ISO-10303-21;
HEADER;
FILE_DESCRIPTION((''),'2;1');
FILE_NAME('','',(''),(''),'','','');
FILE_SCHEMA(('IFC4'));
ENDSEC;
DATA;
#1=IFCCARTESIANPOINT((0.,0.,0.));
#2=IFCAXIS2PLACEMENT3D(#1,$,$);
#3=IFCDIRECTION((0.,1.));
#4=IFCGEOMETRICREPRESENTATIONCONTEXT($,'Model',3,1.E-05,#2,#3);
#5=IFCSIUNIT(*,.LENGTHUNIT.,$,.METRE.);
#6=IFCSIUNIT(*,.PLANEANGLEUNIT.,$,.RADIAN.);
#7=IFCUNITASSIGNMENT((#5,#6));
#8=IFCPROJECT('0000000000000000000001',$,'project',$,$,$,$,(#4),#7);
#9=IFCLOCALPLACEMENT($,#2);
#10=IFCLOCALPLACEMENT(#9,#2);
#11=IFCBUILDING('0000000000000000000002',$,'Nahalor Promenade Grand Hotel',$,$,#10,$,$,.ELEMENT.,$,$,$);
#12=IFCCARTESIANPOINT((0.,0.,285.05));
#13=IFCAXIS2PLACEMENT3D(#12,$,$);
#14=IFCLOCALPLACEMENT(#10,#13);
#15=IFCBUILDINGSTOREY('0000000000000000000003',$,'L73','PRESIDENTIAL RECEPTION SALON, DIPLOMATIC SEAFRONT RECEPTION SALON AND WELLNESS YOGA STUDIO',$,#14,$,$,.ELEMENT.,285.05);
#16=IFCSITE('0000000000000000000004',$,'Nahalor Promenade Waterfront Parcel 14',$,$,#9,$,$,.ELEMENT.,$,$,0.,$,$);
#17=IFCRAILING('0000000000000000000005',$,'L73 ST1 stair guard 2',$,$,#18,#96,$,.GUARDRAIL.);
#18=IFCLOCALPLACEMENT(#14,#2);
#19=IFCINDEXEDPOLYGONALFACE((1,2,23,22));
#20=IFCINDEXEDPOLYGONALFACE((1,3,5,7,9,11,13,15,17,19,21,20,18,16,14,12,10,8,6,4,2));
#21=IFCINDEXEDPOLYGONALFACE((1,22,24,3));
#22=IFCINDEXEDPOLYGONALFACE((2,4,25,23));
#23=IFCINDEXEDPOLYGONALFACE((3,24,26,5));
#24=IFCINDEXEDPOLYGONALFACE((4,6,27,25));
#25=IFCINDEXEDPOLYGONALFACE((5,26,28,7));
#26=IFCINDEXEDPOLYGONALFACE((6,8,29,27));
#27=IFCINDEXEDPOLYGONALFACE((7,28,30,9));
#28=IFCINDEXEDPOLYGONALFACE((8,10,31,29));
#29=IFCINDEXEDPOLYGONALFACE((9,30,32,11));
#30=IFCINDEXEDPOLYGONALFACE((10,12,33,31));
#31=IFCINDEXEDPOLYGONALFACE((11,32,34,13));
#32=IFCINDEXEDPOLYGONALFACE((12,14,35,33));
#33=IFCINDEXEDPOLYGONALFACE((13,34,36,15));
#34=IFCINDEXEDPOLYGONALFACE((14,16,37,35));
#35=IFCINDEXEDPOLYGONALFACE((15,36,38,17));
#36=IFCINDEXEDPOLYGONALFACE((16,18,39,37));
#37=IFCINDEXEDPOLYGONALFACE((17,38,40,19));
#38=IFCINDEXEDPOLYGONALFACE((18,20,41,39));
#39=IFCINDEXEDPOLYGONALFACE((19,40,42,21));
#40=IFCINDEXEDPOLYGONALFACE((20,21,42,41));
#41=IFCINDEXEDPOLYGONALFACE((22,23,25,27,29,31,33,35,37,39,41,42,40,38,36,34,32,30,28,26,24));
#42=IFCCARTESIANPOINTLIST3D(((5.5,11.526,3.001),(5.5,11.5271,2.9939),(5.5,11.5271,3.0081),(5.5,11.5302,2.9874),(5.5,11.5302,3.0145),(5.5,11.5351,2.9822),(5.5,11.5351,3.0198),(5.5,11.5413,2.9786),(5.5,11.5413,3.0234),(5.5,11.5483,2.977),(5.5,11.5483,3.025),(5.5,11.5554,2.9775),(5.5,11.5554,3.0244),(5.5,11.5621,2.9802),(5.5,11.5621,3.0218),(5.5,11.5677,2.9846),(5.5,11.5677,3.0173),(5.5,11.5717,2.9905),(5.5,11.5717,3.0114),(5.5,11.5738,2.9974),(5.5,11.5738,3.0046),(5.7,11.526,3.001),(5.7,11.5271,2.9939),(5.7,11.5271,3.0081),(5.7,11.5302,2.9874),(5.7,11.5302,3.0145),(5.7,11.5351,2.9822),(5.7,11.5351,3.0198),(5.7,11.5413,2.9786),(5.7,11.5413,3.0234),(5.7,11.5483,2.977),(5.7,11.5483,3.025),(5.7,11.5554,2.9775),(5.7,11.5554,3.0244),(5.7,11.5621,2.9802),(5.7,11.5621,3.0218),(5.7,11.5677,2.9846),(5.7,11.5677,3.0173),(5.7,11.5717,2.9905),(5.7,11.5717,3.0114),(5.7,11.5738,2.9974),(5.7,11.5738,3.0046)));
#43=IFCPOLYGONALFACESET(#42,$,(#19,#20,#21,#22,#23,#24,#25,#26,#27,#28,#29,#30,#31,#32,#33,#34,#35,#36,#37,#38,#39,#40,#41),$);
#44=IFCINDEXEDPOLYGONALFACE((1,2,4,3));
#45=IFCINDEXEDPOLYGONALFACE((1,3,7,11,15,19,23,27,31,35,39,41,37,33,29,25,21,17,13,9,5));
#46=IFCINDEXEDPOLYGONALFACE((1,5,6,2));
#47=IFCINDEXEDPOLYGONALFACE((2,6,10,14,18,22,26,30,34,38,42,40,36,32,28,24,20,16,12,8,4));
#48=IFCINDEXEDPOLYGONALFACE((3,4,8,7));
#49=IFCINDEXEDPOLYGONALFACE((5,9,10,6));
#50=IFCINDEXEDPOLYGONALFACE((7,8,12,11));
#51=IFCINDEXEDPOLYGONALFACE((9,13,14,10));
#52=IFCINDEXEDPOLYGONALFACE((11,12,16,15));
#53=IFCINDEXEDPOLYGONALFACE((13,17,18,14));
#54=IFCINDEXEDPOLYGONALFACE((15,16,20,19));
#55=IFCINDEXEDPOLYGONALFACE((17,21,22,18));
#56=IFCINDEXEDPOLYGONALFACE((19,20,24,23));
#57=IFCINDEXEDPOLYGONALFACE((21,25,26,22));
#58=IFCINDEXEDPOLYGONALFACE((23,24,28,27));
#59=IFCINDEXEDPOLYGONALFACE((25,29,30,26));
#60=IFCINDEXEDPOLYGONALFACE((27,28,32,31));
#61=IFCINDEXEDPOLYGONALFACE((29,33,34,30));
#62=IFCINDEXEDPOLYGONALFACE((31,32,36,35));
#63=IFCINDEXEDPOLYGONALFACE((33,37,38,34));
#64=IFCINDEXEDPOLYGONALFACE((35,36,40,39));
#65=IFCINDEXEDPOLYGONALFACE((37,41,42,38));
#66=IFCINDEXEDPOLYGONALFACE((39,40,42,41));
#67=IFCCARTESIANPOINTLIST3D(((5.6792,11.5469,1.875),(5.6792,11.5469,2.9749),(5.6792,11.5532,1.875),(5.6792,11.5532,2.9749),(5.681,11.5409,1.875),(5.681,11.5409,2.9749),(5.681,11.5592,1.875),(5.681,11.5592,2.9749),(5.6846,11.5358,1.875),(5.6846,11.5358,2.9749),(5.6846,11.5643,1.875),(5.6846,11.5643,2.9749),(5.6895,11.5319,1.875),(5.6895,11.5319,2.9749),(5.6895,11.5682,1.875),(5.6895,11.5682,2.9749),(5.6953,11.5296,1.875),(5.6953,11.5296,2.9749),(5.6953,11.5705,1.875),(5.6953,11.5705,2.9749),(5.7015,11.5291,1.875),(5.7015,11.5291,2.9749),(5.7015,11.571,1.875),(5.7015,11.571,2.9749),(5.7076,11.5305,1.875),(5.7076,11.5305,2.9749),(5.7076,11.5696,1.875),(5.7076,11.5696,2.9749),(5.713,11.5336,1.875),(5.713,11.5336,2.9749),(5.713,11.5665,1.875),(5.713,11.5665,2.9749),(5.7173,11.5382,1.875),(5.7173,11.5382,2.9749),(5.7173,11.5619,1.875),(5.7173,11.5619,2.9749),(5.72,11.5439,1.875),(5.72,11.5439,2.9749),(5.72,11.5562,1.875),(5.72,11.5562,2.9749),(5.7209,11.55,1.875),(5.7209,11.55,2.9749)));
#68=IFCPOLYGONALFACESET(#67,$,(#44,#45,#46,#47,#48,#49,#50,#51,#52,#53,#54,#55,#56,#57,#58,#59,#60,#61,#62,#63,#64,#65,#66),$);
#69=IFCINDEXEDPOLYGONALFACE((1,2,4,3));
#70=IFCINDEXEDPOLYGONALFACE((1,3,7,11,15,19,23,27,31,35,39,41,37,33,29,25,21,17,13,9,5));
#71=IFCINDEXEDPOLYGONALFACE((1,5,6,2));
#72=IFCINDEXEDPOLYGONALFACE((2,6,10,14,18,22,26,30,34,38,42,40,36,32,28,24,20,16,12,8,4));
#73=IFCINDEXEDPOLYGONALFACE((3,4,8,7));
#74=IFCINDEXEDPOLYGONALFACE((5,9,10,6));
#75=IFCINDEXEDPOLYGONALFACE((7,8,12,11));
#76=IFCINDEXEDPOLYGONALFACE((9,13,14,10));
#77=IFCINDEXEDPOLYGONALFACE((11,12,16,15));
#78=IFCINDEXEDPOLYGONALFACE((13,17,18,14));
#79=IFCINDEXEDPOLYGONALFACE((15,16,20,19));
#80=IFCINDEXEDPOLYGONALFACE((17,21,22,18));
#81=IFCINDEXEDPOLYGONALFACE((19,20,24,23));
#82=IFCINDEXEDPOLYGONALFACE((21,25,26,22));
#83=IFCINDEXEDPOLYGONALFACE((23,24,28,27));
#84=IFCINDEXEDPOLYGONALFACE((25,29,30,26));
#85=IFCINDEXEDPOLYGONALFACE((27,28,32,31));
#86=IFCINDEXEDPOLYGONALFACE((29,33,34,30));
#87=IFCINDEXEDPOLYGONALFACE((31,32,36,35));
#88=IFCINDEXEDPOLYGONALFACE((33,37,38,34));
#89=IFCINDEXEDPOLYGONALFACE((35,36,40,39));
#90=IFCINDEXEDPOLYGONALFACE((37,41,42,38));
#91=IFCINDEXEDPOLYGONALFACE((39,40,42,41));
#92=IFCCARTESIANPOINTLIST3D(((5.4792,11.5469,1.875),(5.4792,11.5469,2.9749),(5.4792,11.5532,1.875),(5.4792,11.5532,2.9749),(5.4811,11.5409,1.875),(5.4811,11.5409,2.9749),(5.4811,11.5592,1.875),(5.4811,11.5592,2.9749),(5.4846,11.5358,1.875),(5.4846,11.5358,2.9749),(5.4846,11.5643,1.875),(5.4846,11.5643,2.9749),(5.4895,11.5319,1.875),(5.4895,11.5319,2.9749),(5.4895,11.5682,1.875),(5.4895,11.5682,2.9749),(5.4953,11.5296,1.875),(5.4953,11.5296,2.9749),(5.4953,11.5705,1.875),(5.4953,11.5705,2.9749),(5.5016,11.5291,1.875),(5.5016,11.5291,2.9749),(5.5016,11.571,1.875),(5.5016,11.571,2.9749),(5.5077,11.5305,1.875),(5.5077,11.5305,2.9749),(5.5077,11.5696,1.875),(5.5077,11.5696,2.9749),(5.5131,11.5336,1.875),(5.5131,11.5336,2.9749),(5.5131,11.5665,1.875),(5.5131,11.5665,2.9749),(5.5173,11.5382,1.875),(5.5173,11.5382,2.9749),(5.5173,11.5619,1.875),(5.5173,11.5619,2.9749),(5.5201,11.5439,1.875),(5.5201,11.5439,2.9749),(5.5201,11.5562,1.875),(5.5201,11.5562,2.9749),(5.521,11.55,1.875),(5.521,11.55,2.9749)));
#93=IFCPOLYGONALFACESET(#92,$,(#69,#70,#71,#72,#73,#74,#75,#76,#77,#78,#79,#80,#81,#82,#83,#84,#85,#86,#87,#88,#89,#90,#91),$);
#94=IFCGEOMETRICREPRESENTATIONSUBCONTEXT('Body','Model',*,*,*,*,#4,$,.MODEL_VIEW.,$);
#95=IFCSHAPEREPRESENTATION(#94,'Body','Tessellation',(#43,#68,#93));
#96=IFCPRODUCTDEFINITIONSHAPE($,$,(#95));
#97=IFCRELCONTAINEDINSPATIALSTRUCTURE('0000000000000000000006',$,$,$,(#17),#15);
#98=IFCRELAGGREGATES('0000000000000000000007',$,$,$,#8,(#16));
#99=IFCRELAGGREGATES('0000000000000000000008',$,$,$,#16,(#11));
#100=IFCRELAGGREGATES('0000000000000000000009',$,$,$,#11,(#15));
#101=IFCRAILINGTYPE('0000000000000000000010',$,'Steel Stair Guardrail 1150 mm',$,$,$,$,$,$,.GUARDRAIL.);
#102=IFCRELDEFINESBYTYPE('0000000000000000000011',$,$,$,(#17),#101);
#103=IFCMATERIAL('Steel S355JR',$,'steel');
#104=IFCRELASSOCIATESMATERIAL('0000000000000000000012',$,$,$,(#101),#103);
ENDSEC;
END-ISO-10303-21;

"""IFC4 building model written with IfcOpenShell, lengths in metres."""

from ifc_helpers import new_model, si_unit, direction, frame, origin, origin_2d, place, context, subcontext, project, spatial, circle, extrude, material, type_object, element, save


model = new_model("IFC4")

# Units and contexts
model_context = context("Model", 3, precision=1e-05, world=origin(), true_north=direction((0.0, 1.0)))
body_context = subcontext(model_context, "Body", "Model", "MODEL_VIEW")
ifc_project = project(units=[si_unit("LENGTHUNIT", "METRE"), si_unit("PLANEANGLEUNIT", "RADIAN")], contexts=[model_context])

# Site, building, storey
site_placement = place(None, origin())
site = spatial("IfcSite", under=ifc_project, at=site_placement, Name="Nahalor Promenade Waterfront Parcel 14", CompositionType="ELEMENT", RefElevation=0.0)
building_placement = place(site_placement, origin())
building = spatial("IfcBuilding", under=site, at=building_placement, Name="Nahalor Promenade Grand Hotel", CompositionType="ELEMENT")
storey_placement = place(building_placement, frame((0.0, 0.0, 285.05)))
storey = spatial("IfcBuildingStorey", under=building, at=storey_placement, Name="L73", Description="PRESIDENTIAL RECEPTION SALON, DIPLOMATIC SEAFRONT RECEPTION SALON AND WELLNESS YOGA STUDIO", CompositionType="ELEMENT", Elevation=285.05)

# Shared definitions
ifc_material_1 = material(Name="Steel S355JR", Category="steel")

# Railing
railing_type_1 = type_object("IfcRailingType", Name="Steel Stair Guardrail 1150 mm", PredefinedType="GUARDRAIL", material=ifc_material_1)
railing_1_placement = place(storey_placement, frame((5.7, 11.55, 1.875)))
element("IfcRailing", 1, at=railing_1_placement, inside=storey, type_object=railing_type_1, Name="L73 ST1 stair guard 2", PredefinedType="GUARDRAIL", context=body_context, shape_type="SweptSolid", body=[
    extrude(circle(Radius=0.024, at=origin_2d()), frame((0.0, 0.0, 1.126), z_axis=(-1.0, 0.0, 0.0), x_axis=(0.0, -1.0, 0.0)), (0.0, 0.0, 1.0), 0.2),
    extrude(circle(Radius=0.021, at=origin_2d()), origin(), (0.0, 0.0, 1.0), 1.0999),
    extrude(circle(Radius=0.021, at=origin_2d()), frame((-0.2, 0.0, 0.0)), (0.0, 0.0, 1.0), 1.0999),
])

save(model, "model.ifc")
